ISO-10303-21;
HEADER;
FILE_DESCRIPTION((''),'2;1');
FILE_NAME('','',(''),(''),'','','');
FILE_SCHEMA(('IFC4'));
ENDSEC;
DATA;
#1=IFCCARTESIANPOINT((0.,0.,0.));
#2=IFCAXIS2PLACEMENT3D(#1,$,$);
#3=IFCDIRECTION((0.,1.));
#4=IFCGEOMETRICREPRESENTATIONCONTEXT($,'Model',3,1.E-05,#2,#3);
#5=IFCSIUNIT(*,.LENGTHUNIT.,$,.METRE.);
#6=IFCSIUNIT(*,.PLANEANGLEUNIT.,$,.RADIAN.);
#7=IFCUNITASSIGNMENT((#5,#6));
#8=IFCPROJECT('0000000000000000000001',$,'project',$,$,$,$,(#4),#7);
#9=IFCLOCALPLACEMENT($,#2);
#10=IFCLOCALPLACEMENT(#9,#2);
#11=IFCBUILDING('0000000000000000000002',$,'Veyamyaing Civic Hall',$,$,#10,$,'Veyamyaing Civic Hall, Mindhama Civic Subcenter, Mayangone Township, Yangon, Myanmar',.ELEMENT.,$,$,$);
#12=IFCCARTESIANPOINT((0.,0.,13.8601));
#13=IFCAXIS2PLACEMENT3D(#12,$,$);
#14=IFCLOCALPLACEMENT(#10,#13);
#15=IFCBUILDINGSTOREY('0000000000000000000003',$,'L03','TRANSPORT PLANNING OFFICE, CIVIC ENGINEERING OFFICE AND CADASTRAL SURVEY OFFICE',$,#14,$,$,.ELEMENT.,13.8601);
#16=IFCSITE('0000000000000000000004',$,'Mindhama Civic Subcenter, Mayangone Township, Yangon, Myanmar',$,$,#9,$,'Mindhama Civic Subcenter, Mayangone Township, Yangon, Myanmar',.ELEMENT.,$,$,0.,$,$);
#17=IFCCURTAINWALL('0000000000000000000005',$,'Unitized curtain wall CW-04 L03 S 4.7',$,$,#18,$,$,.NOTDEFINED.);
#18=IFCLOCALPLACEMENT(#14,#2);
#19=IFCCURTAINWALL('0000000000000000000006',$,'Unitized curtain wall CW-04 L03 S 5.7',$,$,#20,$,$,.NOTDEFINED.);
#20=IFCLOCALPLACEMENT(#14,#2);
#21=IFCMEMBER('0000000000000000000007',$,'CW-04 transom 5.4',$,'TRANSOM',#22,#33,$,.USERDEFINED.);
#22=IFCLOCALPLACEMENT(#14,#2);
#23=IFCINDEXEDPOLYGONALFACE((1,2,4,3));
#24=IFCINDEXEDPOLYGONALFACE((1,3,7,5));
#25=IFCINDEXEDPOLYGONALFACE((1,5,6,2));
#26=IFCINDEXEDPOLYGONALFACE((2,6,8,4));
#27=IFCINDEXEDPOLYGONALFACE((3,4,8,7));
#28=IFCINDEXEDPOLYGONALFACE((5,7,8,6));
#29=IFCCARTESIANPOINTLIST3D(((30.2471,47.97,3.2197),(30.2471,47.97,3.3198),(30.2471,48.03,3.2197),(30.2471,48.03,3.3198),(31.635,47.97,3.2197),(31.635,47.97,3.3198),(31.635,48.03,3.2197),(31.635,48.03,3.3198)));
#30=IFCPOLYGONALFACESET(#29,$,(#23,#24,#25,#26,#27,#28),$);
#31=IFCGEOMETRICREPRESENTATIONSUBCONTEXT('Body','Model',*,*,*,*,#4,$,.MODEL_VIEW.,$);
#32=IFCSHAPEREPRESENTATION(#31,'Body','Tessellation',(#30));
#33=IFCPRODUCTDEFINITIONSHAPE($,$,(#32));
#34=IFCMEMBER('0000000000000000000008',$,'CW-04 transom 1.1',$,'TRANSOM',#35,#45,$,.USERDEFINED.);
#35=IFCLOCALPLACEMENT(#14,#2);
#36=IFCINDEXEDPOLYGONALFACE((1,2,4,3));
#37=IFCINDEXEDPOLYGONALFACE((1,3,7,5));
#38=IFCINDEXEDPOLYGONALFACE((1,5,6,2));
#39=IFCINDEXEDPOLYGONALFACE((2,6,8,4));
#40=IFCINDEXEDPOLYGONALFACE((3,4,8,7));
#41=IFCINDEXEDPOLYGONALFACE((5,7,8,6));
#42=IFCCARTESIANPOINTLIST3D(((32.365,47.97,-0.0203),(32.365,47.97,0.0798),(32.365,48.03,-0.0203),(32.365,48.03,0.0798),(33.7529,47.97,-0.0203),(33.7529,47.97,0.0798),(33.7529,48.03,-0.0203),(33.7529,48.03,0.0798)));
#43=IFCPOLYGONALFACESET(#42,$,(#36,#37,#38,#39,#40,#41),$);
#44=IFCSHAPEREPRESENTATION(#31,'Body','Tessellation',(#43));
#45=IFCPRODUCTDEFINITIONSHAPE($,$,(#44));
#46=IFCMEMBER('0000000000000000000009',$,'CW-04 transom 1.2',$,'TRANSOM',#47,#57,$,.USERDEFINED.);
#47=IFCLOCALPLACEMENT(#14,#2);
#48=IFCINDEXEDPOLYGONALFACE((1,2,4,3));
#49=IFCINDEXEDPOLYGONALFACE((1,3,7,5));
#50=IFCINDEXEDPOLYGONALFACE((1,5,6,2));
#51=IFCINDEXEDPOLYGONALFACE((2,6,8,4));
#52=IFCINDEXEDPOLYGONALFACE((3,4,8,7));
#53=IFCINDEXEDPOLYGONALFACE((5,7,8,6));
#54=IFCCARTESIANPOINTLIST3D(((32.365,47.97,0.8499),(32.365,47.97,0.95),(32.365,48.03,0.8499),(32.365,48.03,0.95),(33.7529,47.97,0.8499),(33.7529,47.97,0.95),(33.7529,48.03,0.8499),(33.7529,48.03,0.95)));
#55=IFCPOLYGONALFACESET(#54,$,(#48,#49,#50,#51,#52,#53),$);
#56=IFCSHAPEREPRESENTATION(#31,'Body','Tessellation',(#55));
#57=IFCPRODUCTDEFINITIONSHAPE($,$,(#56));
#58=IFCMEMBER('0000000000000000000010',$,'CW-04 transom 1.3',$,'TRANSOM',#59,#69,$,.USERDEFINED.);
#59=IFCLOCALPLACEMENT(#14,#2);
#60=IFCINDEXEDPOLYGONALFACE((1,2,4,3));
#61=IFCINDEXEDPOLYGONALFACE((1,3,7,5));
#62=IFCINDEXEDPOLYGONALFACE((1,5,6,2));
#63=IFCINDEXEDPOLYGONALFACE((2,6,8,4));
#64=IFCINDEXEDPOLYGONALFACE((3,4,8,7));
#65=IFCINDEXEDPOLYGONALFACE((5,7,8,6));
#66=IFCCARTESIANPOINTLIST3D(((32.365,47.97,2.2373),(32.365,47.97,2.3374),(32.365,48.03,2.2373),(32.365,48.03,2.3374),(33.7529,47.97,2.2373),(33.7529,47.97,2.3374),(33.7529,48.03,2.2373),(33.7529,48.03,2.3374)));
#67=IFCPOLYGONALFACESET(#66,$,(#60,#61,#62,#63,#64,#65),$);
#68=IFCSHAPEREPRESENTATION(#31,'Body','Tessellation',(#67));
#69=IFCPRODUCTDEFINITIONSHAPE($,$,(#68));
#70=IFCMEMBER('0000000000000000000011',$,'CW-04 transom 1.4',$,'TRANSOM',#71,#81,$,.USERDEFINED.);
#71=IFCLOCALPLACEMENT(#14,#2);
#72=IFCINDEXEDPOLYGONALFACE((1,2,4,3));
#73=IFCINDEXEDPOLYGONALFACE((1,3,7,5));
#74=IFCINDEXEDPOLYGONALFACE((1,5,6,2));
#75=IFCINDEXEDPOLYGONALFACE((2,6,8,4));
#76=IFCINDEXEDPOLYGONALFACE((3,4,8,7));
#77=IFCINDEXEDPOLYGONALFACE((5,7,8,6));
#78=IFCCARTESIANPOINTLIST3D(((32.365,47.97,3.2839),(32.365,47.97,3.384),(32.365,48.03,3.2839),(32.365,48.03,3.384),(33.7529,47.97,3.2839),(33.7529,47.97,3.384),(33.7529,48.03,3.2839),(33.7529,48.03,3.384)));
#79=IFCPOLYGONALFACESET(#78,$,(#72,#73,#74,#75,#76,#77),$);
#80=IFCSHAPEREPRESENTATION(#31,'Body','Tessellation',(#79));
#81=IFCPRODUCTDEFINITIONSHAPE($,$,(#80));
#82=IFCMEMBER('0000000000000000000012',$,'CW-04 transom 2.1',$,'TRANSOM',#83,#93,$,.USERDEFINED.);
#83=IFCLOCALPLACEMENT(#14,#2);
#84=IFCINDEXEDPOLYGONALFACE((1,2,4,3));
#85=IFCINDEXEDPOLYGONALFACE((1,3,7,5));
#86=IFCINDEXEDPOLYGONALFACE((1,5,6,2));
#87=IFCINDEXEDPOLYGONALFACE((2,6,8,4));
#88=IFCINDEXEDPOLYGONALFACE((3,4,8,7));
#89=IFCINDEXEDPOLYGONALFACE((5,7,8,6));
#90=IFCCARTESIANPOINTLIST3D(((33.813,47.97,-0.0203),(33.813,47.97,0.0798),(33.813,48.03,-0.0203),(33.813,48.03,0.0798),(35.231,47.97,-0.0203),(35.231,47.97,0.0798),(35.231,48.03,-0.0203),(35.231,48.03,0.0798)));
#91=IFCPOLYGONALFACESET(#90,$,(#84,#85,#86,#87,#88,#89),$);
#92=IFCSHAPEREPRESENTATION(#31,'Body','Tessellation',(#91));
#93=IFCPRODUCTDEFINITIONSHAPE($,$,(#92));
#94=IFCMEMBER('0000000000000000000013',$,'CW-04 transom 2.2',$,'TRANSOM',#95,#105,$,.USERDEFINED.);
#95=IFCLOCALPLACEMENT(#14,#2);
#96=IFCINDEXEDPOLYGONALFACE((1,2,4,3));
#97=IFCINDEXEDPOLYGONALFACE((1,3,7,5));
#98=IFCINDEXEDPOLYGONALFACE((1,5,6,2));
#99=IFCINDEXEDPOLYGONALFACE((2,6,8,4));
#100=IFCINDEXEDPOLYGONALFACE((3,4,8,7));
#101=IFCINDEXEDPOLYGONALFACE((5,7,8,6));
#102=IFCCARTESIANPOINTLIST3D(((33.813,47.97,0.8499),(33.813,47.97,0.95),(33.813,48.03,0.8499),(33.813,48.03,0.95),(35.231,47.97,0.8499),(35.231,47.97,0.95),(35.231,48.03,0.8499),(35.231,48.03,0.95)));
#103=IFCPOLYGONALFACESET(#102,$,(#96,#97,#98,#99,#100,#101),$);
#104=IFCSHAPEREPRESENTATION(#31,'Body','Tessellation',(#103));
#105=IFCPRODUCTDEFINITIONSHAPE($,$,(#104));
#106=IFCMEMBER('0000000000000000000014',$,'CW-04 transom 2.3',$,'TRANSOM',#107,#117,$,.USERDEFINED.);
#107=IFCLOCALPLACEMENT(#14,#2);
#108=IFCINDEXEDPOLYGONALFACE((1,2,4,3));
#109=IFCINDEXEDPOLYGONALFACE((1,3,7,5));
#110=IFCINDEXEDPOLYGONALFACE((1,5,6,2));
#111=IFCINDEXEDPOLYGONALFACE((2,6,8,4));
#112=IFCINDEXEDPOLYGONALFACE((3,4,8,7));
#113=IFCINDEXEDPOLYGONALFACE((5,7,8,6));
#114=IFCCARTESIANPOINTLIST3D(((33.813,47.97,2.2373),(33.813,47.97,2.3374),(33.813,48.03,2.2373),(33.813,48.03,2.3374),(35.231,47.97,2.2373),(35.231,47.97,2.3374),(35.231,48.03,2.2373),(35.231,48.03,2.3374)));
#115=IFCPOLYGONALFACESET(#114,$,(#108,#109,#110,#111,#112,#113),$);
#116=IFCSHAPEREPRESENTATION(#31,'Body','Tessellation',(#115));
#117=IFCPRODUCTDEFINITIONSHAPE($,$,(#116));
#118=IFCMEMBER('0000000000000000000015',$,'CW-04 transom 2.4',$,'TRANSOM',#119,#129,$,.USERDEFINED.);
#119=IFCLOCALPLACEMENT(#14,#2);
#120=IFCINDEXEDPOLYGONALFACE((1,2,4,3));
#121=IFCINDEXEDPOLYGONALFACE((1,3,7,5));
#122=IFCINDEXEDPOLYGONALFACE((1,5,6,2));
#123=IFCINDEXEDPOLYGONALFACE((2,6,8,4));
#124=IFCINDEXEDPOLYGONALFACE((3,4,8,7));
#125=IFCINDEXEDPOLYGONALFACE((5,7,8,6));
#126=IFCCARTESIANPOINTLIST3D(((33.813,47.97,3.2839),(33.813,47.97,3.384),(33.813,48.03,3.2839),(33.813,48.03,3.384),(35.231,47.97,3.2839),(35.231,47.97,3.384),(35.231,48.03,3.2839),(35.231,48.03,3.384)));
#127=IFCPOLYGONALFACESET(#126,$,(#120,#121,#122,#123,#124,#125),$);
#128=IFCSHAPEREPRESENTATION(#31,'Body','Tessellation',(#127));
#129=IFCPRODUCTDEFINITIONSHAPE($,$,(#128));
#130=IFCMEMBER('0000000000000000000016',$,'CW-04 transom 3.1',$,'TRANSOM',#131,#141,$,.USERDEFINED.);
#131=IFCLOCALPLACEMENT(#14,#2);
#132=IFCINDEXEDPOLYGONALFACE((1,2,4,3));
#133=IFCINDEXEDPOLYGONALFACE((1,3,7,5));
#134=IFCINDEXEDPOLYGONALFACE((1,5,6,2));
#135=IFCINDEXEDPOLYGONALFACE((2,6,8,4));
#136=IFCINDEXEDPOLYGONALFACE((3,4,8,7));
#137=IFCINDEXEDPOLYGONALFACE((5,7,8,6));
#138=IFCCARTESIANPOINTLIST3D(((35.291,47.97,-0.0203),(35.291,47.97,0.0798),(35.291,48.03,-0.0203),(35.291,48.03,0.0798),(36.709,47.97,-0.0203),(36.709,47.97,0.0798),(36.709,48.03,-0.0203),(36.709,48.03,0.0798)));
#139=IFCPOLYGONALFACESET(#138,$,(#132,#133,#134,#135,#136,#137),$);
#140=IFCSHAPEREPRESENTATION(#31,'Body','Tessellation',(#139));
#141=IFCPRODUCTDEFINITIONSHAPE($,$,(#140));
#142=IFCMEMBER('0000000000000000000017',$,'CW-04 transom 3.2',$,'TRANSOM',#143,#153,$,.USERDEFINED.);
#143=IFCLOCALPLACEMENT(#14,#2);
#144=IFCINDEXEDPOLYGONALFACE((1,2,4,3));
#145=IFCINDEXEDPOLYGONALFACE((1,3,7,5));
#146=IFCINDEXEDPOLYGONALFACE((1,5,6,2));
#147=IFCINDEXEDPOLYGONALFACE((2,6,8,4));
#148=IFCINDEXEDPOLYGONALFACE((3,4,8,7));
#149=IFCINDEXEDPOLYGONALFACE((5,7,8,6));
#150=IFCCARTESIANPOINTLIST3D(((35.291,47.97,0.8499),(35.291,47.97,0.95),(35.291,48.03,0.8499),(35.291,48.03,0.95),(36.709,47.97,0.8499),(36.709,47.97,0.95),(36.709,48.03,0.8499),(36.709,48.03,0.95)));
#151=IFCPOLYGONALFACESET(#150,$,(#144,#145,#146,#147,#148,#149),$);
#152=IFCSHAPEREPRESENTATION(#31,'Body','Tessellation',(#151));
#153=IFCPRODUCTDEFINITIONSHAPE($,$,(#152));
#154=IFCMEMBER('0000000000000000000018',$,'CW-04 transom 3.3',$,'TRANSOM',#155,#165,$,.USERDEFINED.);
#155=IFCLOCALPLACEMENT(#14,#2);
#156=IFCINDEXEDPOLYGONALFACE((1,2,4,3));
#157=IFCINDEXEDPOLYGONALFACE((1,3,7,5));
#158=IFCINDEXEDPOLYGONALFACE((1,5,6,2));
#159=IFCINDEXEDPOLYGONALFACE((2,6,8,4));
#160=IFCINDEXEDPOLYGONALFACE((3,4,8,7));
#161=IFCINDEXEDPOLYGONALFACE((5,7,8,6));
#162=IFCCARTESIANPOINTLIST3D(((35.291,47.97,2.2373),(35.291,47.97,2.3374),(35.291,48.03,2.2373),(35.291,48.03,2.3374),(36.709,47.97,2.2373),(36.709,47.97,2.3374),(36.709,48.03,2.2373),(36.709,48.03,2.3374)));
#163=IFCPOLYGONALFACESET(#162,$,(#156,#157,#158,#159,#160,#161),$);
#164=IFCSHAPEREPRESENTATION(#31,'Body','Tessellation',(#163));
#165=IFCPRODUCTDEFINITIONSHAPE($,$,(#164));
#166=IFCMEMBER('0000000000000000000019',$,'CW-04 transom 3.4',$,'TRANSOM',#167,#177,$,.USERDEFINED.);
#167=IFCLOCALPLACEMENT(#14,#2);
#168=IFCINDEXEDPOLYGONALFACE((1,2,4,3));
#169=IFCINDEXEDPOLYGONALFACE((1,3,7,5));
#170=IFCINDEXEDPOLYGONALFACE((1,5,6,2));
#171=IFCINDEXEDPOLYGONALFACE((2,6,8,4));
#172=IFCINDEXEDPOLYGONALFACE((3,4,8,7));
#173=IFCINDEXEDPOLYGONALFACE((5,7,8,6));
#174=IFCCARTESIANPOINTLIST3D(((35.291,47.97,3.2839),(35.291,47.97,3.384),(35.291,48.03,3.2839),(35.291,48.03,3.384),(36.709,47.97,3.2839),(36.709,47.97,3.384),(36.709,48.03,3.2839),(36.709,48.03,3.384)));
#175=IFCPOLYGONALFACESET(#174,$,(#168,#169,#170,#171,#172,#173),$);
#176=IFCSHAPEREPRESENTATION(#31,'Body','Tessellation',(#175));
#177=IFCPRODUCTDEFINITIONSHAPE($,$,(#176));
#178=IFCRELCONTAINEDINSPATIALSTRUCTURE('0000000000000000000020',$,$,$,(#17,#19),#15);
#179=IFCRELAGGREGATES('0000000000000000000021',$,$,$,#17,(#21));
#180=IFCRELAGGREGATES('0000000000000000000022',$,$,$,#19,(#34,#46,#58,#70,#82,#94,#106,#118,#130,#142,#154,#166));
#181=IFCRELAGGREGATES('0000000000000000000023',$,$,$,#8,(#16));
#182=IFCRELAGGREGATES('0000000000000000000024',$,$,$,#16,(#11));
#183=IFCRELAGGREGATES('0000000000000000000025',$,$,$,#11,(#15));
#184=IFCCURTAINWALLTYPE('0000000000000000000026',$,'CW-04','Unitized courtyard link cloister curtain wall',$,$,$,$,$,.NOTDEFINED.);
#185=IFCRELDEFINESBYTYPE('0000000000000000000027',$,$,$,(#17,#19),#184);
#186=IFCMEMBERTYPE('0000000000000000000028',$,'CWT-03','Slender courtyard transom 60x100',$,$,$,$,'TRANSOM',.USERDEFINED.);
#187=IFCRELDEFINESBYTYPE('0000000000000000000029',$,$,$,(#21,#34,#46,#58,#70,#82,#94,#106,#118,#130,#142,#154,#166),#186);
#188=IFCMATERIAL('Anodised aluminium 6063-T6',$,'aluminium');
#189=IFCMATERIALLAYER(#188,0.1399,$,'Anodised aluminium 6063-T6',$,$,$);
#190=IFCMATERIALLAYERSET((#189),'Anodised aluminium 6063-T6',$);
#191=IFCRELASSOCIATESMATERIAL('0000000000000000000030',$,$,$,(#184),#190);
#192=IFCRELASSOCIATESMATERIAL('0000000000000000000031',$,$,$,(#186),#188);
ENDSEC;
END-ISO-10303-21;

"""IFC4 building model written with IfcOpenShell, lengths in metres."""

from ifc_helpers import new_model, si_unit, direction, frame, origin, origin_2d, place, context, subcontext, project, spatial, rectangle, extrude, material, layer, layer_set, material_profile, profile_set, type_object, element, aggregate, save


model = new_model("IFC4")

# Units and contexts
model_context = context("Model", 3, precision=1e-05, world=origin(), true_north=direction((0.0, 1.0)))
body_context = subcontext(model_context, "Body", "Model", "MODEL_VIEW")
ifc_project = project(units=[si_unit("LENGTHUNIT", "METRE"), si_unit("PLANEANGLEUNIT", "RADIAN")], contexts=[model_context])

# Site, building, storey
site_placement = place(None, origin())
site = spatial("IfcSite", under=ifc_project, at=site_placement, Name="Mindhama Civic Subcenter, Mayangone Township, Yangon, Myanmar", LongName="Mindhama Civic Subcenter, Mayangone Township, Yangon, Myanmar", CompositionType="ELEMENT", RefElevation=0.0)
building_placement = place(site_placement, origin())
building = spatial("IfcBuilding", under=site, at=building_placement, Name="Veyamyaing Civic Hall", LongName="Veyamyaing Civic Hall, Mindhama Civic Subcenter, Mayangone Township, Yangon, Myanmar", CompositionType="ELEMENT")
storey_placement = place(building_placement, frame((0.0, 0.0, 13.8601)))
storey = spatial("IfcBuildingStorey", under=building, at=storey_placement, Name="L03", Description="TRANSPORT PLANNING OFFICE, CIVIC ENGINEERING OFFICE AND CADASTRAL SURVEY OFFICE", CompositionType="ELEMENT", Elevation=13.8601)

# Curtain wall
ifc_material_1 = material(Name="Anodised aluminium 6063-T6", Category="aluminium")
ifc_layer_1 = layer(ifc_material_1, 0.1399, Name="Anodised aluminium 6063-T6")
ifc_layer_set_1 = layer_set([ifc_layer_1], Name="Anodised aluminium 6063-T6")
curtain_wall_type = type_object("IfcCurtainWallType", Name="CW-04", Description="Unitized courtyard link cloister curtain wall", PredefinedType="NOTDEFINED", material=ifc_layer_set_1)
curtain_wall_1_placement = place(storey_placement, origin())
curtain_wall_1 = element("IfcCurtainWall", 1, at=curtain_wall_1_placement, inside=storey, type_object=curtain_wall_type, Name="Unitized curtain wall CW-04 L03 S 4.7", PredefinedType="NOTDEFINED")

# Curtain wall
curtain_wall_2_placement = place(storey_placement, origin())
curtain_wall_2 = element("IfcCurtainWall", 2, at=curtain_wall_2_placement, inside=storey, type_object=curtain_wall_type, Name="Unitized curtain wall CW-04 L03 S 5.7", PredefinedType="NOTDEFINED")

# Members
ifc_material_profile_1 = material_profile(ifc_material_1, rectangle(XDim=0.0601, YDim=0.1001, at=origin_2d()), Name="ALU-TRN-60X100")
ifc_profile_set_1 = profile_set([ifc_material_profile_1], Name="Anodised aluminium 6063-T6")
member_type_1 = type_object("IfcMemberType", Name="CWT-03", Description="Slender courtyard transom 60x100", ElementType="TRANSOM", PredefinedType="USERDEFINED", material=ifc_profile_set_1)
member_1_placement = place(storey_placement, frame((30.2471, 48.0, 3.2698), z_axis=(1.0, 0.0, 0.0), x_axis=(0.0, 1.0, 0.0)))
member_1 = element("IfcMember", 3, at=member_1_placement, type_object=member_type_1, Name="CW-04 transom 5.4", ObjectType="TRANSOM", PredefinedType="USERDEFINED", context=body_context, shape_type="SweptSolid", body=[
    extrude(rectangle(XDim=0.0601, YDim=0.1001, at=origin_2d()), origin(), (0.0, 0.0, 1.0), 1.3879),
])
member_2_placement = place(storey_placement, frame((32.365, 48.0, 0.0298), z_axis=(1.0, 0.0, 0.0), x_axis=(0.0, 1.0, 0.0)))
member_2 = element("IfcMember", 4, at=member_2_placement, type_object=member_type_1, Name="CW-04 transom 1.1", ObjectType="TRANSOM", PredefinedType="USERDEFINED", context=body_context, shape_type="SweptSolid", body=[
    extrude(rectangle(XDim=0.0601, YDim=0.1001, at=origin_2d()), origin(), (0.0, 0.0, 1.0), 1.3879),
])
member_3_placement = place(storey_placement, frame((32.365, 48.0, 0.8999), z_axis=(1.0, 0.0, 0.0), x_axis=(0.0, 1.0, 0.0)))
member_3 = element("IfcMember", 5, at=member_3_placement, type_object=member_type_1, Name="CW-04 transom 1.2", ObjectType="TRANSOM", PredefinedType="USERDEFINED", context=body_context, shape_type="SweptSolid", body=[
    extrude(rectangle(XDim=0.0601, YDim=0.1001, at=origin_2d()), origin(), (0.0, 0.0, 1.0), 1.3879),
])
member_4_placement = place(storey_placement, frame((32.365, 48.0, 2.2874), z_axis=(1.0, 0.0, 0.0), x_axis=(0.0, 1.0, 0.0)))
member_4 = element("IfcMember", 6, at=member_4_placement, type_object=member_type_1, Name="CW-04 transom 1.3", ObjectType="TRANSOM", PredefinedType="USERDEFINED", context=body_context, shape_type="SweptSolid", body=[
    extrude(rectangle(XDim=0.0601, YDim=0.1001, at=origin_2d()), origin(), (0.0, 0.0, 1.0), 1.3879),
])
member_5_placement = place(storey_placement, frame((32.365, 48.0, 3.334), z_axis=(1.0, 0.0, 0.0), x_axis=(0.0, 1.0, 0.0)))
member_5 = element("IfcMember", 7, at=member_5_placement, type_object=member_type_1, Name="CW-04 transom 1.4", ObjectType="TRANSOM", PredefinedType="USERDEFINED", context=body_context, shape_type="SweptSolid", body=[
    extrude(rectangle(XDim=0.0601, YDim=0.1001, at=origin_2d()), origin(), (0.0, 0.0, 1.0), 1.3879),
])
member_6_placement = place(storey_placement, frame((33.813, 48.0, 0.0298), z_axis=(1.0, 0.0, 0.0), x_axis=(0.0, 1.0, 0.0)))
member_6 = element("IfcMember", 8, at=member_6_placement, type_object=member_type_1, Name="CW-04 transom 2.1", ObjectType="TRANSOM", PredefinedType="USERDEFINED", context=body_context, shape_type="SweptSolid", body=[
    extrude(rectangle(XDim=0.0601, YDim=0.1001, at=origin_2d()), origin(), (0.0, 0.0, 1.0), 1.418),
])
member_7_placement = place(storey_placement, frame((33.813, 48.0, 0.8999), z_axis=(1.0, 0.0, 0.0), x_axis=(0.0, 1.0, 0.0)))
member_7 = element("IfcMember", 9, at=member_7_placement, type_object=member_type_1, Name="CW-04 transom 2.2", ObjectType="TRANSOM", PredefinedType="USERDEFINED", context=body_context, shape_type="SweptSolid", body=[
    extrude(rectangle(XDim=0.0601, YDim=0.1001, at=origin_2d()), origin(), (0.0, 0.0, 1.0), 1.418),
])
member_8_placement = place(storey_placement, frame((33.813, 48.0, 2.2874), z_axis=(1.0, 0.0, 0.0), x_axis=(0.0, 1.0, 0.0)))
member_8 = element("IfcMember", 10, at=member_8_placement, type_object=member_type_1, Name="CW-04 transom 2.3", ObjectType="TRANSOM", PredefinedType="USERDEFINED", context=body_context, shape_type="SweptSolid", body=[
    extrude(rectangle(XDim=0.0601, YDim=0.1001, at=origin_2d()), origin(), (0.0, 0.0, 1.0), 1.418),
])
member_9_placement = place(storey_placement, frame((33.813, 48.0, 3.334), z_axis=(1.0, 0.0, 0.0), x_axis=(0.0, 1.0, 0.0)))
member_9 = element("IfcMember", 11, at=member_9_placement, type_object=member_type_1, Name="CW-04 transom 2.4", ObjectType="TRANSOM", PredefinedType="USERDEFINED", context=body_context, shape_type="SweptSolid", body=[
    extrude(rectangle(XDim=0.0601, YDim=0.1001, at=origin_2d()), origin(), (0.0, 0.0, 1.0), 1.418),
])
member_10_placement = place(storey_placement, frame((35.291, 48.0, 0.0298), z_axis=(1.0, 0.0, 0.0), x_axis=(0.0, 1.0, 0.0)))
member_10 = element("IfcMember", 12, at=member_10_placement, type_object=member_type_1, Name="CW-04 transom 3.1", ObjectType="TRANSOM", PredefinedType="USERDEFINED", context=body_context, shape_type="SweptSolid", body=[
    extrude(rectangle(XDim=0.0601, YDim=0.1001, at=origin_2d()), origin(), (0.0, 0.0, 1.0), 1.418),
])
member_11_placement = place(storey_placement, frame((35.291, 48.0, 0.8999), z_axis=(1.0, 0.0, 0.0), x_axis=(0.0, 1.0, 0.0)))
member_11 = element("IfcMember", 13, at=member_11_placement, type_object=member_type_1, Name="CW-04 transom 3.2", ObjectType="TRANSOM", PredefinedType="USERDEFINED", context=body_context, shape_type="SweptSolid", body=[
    extrude(rectangle(XDim=0.0601, YDim=0.1001, at=origin_2d()), origin(), (0.0, 0.0, 1.0), 1.418),
])
member_12_placement = place(storey_placement, frame((35.291, 48.0, 2.2874), z_axis=(1.0, 0.0, 0.0), x_axis=(0.0, 1.0, 0.0)))
member_12 = element("IfcMember", 14, at=member_12_placement, type_object=member_type_1, Name="CW-04 transom 3.3", ObjectType="TRANSOM", PredefinedType="USERDEFINED", context=body_context, shape_type="SweptSolid", body=[
    extrude(rectangle(XDim=0.0601, YDim=0.1001, at=origin_2d()), origin(), (0.0, 0.0, 1.0), 1.418),
])
member_13_placement = place(storey_placement, frame((35.291, 48.0, 3.334), z_axis=(1.0, 0.0, 0.0), x_axis=(0.0, 1.0, 0.0)))
member_13 = element("IfcMember", 15, at=member_13_placement, type_object=member_type_1, Name="CW-04 transom 3.4", ObjectType="TRANSOM", PredefinedType="USERDEFINED", context=body_context, shape_type="SweptSolid", body=[
    extrude(rectangle(XDim=0.0601, YDim=0.1001, at=origin_2d()), origin(), (0.0, 0.0, 1.0), 1.418),
])

aggregate(curtain_wall_1, [member_1])
aggregate(curtain_wall_2, [member_2, member_3, member_4, member_5, member_6, member_7, member_8, member_9, member_10, member_11, member_12, member_13])

save(model, "model.ifc")
